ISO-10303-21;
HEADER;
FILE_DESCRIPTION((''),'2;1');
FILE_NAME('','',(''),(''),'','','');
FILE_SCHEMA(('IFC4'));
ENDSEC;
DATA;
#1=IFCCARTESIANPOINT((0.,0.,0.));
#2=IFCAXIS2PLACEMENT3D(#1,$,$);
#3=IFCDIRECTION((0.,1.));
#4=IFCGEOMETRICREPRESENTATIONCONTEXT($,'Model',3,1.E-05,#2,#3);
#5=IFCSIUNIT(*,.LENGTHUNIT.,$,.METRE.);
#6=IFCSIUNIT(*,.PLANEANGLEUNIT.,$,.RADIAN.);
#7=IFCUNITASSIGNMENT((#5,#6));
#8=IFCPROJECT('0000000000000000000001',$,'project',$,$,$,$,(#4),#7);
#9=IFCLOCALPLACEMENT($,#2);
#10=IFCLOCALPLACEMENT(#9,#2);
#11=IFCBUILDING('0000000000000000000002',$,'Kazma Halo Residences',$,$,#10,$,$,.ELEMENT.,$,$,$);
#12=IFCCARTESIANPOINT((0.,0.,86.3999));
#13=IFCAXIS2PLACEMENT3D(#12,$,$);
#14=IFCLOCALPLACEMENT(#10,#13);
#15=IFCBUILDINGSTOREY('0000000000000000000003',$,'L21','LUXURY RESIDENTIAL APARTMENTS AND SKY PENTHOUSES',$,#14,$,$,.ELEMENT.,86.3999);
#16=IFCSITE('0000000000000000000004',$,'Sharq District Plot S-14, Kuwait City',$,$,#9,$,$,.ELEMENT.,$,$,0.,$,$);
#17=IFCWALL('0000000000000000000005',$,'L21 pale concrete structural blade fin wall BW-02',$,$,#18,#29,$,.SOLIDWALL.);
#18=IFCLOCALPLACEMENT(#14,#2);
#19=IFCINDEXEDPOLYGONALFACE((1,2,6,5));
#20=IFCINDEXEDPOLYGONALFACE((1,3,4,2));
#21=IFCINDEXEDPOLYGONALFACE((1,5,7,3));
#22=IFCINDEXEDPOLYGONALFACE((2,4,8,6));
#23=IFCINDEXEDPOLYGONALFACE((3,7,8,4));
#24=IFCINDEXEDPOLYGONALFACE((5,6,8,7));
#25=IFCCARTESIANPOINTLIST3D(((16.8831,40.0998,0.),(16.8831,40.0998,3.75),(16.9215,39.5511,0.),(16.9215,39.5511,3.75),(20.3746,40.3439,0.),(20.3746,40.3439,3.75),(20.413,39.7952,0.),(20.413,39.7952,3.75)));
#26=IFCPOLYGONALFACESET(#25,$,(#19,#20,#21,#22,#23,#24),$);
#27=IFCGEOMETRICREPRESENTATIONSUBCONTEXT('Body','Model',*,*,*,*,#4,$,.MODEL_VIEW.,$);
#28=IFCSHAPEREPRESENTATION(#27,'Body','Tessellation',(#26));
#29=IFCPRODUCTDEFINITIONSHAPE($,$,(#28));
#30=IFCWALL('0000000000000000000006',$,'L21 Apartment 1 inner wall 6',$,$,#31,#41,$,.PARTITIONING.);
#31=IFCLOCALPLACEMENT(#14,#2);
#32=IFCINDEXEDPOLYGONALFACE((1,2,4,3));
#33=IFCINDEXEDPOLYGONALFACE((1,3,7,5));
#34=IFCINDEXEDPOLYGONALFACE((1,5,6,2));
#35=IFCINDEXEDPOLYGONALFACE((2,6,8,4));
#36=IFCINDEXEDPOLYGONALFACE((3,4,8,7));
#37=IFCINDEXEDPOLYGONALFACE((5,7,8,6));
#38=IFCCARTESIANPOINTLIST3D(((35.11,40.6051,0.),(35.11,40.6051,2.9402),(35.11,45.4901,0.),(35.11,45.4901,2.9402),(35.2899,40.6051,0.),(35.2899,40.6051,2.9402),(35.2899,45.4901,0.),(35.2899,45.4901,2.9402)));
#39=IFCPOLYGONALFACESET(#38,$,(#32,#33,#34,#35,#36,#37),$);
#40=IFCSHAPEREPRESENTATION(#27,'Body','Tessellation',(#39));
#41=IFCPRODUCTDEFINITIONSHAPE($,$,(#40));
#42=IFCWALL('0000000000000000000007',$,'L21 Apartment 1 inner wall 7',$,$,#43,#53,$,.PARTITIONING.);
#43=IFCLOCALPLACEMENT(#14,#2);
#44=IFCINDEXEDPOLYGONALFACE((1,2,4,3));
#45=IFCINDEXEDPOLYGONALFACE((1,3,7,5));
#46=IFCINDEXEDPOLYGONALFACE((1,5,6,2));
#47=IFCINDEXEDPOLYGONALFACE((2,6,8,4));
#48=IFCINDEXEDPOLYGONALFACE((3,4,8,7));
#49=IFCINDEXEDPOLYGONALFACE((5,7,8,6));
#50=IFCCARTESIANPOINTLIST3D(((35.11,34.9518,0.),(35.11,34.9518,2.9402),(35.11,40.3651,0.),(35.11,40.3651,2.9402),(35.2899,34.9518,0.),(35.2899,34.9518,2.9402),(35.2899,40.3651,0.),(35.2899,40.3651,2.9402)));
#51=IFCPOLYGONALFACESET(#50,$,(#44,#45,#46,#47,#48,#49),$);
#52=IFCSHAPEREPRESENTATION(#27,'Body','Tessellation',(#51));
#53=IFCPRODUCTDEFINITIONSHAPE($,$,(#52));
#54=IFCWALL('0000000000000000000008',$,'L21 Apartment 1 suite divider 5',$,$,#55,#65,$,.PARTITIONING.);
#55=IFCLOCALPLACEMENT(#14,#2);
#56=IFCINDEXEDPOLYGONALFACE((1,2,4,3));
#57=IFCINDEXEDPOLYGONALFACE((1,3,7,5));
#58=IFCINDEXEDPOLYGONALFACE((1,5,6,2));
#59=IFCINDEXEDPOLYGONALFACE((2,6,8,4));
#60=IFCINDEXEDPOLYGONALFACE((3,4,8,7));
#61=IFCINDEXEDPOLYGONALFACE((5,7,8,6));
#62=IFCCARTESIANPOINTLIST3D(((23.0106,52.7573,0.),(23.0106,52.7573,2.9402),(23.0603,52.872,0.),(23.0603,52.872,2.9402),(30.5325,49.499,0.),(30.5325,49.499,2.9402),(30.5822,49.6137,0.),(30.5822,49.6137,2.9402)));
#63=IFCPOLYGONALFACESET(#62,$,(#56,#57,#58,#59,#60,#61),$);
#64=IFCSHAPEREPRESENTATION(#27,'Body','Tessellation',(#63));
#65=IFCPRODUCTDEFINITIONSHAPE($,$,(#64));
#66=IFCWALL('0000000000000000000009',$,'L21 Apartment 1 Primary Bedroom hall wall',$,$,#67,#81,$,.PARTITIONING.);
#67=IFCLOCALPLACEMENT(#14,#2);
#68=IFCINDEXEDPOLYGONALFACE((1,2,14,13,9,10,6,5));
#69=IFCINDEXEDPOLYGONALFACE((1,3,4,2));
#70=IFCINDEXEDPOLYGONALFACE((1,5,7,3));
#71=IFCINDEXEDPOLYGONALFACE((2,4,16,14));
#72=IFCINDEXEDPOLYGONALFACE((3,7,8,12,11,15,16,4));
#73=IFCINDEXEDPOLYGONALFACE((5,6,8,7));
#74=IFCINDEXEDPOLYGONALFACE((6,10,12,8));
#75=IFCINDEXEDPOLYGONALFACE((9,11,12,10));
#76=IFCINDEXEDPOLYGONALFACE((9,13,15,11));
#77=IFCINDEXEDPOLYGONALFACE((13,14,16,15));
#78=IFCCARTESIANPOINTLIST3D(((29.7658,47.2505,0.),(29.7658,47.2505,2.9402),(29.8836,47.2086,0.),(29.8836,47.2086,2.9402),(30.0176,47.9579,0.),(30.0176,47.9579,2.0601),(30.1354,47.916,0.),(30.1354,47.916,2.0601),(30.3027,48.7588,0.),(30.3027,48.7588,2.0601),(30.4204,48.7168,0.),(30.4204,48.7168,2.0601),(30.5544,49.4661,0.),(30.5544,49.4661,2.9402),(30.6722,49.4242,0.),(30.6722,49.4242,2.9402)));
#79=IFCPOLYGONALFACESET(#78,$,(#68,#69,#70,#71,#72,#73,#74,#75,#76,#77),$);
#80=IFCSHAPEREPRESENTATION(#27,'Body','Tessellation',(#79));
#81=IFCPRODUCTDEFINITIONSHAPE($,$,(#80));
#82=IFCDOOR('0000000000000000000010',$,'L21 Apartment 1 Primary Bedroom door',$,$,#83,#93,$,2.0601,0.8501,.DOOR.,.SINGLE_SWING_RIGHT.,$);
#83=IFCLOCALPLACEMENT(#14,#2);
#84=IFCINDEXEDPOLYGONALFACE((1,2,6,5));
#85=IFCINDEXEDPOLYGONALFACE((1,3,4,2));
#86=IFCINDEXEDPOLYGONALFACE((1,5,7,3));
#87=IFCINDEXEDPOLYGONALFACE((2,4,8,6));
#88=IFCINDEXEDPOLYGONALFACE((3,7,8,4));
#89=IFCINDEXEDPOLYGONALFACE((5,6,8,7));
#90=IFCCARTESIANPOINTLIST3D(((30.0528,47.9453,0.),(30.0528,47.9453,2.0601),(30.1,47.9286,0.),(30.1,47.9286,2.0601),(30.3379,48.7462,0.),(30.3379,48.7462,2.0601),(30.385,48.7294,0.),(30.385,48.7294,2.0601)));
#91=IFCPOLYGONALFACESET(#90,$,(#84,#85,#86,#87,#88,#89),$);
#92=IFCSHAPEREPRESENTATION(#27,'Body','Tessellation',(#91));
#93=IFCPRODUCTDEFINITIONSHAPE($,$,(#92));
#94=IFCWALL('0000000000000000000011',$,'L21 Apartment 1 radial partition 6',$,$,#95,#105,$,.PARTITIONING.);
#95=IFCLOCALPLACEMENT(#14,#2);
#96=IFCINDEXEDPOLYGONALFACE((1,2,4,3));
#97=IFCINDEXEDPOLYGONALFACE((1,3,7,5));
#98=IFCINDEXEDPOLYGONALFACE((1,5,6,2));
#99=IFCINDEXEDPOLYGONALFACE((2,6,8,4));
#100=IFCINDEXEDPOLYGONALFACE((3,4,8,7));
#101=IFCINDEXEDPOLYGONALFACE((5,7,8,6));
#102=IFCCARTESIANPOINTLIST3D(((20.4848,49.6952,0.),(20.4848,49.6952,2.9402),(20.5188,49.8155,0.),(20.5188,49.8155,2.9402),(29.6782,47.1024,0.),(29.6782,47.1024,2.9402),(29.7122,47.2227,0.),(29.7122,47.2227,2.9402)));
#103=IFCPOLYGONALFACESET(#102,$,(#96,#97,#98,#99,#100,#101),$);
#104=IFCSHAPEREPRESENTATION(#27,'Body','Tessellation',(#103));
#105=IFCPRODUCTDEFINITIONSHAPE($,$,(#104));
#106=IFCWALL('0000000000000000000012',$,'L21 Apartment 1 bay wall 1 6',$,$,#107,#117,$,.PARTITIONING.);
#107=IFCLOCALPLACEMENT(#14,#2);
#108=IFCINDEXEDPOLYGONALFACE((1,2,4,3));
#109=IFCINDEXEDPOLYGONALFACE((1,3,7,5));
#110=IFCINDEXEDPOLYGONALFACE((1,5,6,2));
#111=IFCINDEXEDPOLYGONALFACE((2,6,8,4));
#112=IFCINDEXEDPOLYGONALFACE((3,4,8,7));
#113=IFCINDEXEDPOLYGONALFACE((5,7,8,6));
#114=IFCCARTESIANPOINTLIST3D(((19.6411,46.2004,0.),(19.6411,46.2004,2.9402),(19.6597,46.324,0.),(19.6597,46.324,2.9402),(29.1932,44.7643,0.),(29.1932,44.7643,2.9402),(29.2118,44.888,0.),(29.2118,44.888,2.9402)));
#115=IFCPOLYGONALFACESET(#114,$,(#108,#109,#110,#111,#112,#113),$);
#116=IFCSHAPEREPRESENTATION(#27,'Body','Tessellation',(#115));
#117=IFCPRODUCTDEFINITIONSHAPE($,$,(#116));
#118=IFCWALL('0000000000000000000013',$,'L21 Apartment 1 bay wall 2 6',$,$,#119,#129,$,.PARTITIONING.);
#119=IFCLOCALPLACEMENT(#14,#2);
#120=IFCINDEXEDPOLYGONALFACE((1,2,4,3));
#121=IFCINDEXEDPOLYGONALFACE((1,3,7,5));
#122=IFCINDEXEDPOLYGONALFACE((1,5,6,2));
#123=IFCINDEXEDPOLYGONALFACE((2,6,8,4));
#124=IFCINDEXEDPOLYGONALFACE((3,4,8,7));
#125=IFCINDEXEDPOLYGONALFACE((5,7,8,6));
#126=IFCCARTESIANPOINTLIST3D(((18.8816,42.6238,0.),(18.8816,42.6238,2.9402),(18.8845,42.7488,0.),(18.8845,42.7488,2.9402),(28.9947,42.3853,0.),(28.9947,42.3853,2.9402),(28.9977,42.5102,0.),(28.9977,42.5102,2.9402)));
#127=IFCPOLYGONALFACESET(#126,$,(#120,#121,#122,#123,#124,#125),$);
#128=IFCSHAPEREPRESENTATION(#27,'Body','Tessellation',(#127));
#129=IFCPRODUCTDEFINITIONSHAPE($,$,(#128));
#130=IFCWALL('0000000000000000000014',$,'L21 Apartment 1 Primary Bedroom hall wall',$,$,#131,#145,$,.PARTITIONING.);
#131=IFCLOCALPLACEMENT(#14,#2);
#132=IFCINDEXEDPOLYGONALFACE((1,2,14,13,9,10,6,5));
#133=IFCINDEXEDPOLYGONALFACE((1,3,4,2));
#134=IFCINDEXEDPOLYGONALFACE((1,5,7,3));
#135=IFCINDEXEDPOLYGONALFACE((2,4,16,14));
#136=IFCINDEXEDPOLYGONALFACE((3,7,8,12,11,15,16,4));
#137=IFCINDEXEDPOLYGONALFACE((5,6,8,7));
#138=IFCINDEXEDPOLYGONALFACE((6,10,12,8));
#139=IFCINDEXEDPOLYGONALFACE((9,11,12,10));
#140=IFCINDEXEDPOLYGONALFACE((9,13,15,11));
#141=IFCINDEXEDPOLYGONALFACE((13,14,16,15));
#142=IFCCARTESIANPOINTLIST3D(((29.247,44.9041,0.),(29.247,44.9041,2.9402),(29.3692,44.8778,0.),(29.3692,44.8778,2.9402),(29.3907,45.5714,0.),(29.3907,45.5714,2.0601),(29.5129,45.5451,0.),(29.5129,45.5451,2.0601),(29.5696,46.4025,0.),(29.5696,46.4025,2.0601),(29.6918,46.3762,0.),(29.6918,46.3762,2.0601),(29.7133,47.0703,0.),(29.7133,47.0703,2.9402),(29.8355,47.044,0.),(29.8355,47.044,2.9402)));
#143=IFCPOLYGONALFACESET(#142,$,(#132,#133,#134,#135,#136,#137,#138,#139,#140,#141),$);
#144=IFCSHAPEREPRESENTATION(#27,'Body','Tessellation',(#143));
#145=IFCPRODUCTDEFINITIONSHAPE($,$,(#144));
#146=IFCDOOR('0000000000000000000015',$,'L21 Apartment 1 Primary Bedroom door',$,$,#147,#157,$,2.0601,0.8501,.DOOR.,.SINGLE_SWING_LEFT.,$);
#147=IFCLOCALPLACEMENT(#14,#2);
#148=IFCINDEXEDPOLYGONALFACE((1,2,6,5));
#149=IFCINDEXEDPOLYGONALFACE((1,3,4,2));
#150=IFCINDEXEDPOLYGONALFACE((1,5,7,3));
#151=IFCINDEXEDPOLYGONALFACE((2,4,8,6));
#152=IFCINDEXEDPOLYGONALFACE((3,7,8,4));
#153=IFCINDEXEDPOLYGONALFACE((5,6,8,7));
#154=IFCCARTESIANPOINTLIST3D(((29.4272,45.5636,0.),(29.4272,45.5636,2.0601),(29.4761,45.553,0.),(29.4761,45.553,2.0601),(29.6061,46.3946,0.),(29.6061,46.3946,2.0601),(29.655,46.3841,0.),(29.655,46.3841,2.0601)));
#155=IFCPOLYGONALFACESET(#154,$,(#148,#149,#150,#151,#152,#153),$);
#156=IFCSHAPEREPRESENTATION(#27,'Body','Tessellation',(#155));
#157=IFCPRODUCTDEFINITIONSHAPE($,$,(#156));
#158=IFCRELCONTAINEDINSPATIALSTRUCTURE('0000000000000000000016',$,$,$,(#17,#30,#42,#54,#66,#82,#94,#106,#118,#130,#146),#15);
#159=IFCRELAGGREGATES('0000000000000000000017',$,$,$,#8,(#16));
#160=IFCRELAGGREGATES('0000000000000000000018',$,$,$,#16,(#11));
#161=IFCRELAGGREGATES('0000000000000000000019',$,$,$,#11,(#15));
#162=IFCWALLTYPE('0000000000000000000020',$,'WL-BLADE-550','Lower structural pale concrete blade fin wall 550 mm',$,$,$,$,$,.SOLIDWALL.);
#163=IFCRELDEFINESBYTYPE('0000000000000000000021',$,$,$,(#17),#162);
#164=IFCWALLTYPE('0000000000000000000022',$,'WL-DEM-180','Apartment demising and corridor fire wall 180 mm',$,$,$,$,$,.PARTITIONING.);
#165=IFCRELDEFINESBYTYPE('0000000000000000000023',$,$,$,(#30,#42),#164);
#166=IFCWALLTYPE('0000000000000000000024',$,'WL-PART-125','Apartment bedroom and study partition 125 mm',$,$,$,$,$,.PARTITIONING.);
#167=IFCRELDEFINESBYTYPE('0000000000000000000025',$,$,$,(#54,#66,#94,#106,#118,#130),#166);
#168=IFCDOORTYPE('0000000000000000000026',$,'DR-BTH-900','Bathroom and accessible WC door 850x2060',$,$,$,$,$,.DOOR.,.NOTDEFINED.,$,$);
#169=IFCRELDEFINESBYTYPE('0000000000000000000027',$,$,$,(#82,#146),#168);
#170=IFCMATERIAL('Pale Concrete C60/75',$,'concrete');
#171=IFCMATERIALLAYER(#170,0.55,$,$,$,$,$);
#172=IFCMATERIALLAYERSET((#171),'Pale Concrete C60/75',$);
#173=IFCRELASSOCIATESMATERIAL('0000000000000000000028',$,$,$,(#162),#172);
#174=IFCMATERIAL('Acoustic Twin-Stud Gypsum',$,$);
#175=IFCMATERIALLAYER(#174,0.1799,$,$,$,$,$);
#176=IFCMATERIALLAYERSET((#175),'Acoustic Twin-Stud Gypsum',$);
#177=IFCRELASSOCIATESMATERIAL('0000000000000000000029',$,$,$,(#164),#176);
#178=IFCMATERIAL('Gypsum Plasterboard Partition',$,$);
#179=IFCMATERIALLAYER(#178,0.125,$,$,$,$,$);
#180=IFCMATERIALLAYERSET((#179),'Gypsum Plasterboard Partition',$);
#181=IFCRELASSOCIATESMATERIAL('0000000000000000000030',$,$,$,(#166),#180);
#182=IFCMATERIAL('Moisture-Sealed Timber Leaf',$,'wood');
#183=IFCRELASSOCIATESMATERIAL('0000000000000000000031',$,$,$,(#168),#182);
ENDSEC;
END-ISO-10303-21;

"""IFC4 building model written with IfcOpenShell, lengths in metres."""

from ifc_helpers import new_model, si_unit, direction, frame, frame_2d, origin, place, context, subcontext, project, spatial, rectangle, extrude, material, layer, layer_set, type_object, element, fill, save


model = new_model("IFC4")

# Units and contexts
model_context = context("Model", 3, precision=1e-05, world=origin(), true_north=direction((0.0, 1.0)))
body_context = subcontext(model_context, "Body", "Model", "MODEL_VIEW")
ifc_project = project(units=[si_unit("LENGTHUNIT", "METRE"), si_unit("PLANEANGLEUNIT", "RADIAN")], contexts=[model_context])

# Site, building, storey
site_placement = place(None, origin())
site = spatial("IfcSite", under=ifc_project, at=site_placement, Name="Sharq District Plot S-14, Kuwait City", CompositionType="ELEMENT", RefElevation=0.0)
building_placement = place(site_placement, origin())
building = spatial("IfcBuilding", under=site, at=building_placement, Name="Kazma Halo Residences", CompositionType="ELEMENT")
storey_placement = place(building_placement, frame((0.0, 0.0, 86.3999)))
storey = spatial("IfcBuildingStorey", under=building, at=storey_placement, Name="L21", Description="LUXURY RESIDENTIAL APARTMENTS AND SKY PENTHOUSES", CompositionType="ELEMENT", Elevation=86.3999)

# Walls
ifc_material_1 = material(Name="Pale Concrete C60/75", Category="concrete")
ifc_layer_1 = layer(ifc_material_1, 0.55)
ifc_layer_set_1 = layer_set([ifc_layer_1], Name="Pale Concrete C60/75")
wall_type_1 = type_object("IfcWallType", Name="WL-BLADE-550", Description="Lower structural pale concrete blade fin wall 550 mm", PredefinedType="SOLIDWALL", material=ifc_layer_set_1)
wall_1_placement = place(storey_placement, frame((20.3938, 40.0696, 0.0), z_axis=(0.0, 0.0, 1.0), x_axis=(-0.997564, -0.069755, 0.0)))
element("IfcWall", 1, at=wall_1_placement, inside=storey, type_object=wall_type_1, Name="L21 pale concrete structural blade fin wall BW-02", PredefinedType="SOLIDWALL", context=body_context, shape_type="SweptSolid", body=[
    extrude(rectangle(XDim=3.5, YDim=0.55, at=frame_2d((1.75, 0.0))), origin(), (0.0, 0.0, 1.0), 3.75),
])
ifc_material_2 = material(Name="Acoustic Twin-Stud Gypsum")
ifc_layer_2 = layer(ifc_material_2, 0.1799)
ifc_layer_set_2 = layer_set([ifc_layer_2], Name="Acoustic Twin-Stud Gypsum")
wall_type_2 = type_object("IfcWallType", Name="WL-DEM-180", Description="Apartment demising and corridor fire wall 180 mm", PredefinedType="PARTITIONING", material=ifc_layer_set_2)
wall_2_placement = place(storey_placement, frame((35.2, 45.49, 0.0), z_axis=(0.0, 0.0, 1.0), x_axis=(0.0, -1.0, 0.0)))
element("IfcWall", 2, at=wall_2_placement, inside=storey, type_object=wall_type_2, Name="L21 Apartment 1 inner wall 6", PredefinedType="PARTITIONING", context=body_context, shape_type="SweptSolid", body=[
    extrude(rectangle(XDim=4.885, YDim=0.1799, at=frame_2d((2.4424, 0.0))), origin(), (0.0, 0.0, 1.0), 2.9402),
])
wall_3_placement = place(storey_placement, frame((35.2, 40.365, 0.0), z_axis=(0.0, 0.0, 1.0), x_axis=(0.0, -1.0, 0.0)))
element("IfcWall", 3, at=wall_3_placement, inside=storey, type_object=wall_type_2, Name="L21 Apartment 1 inner wall 7", PredefinedType="PARTITIONING", context=body_context, shape_type="SweptSolid", body=[
    extrude(rectangle(XDim=5.4133, YDim=0.1799, at=frame_2d((2.7065, 0.0))), origin(), (0.0, 0.0, 1.0), 2.9402),
])
ifc_material_3 = material(Name="Gypsum Plasterboard Partition")
ifc_layer_3 = layer(ifc_material_3, 0.125)
ifc_layer_set_3 = layer_set([ifc_layer_3], Name="Gypsum Plasterboard Partition")
wall_type_3 = type_object("IfcWallType", Name="WL-PART-125", Description="Apartment bedroom and study partition 125 mm", PredefinedType="PARTITIONING", material=ifc_layer_set_3)
wall_4_placement = place(storey_placement, frame((30.5574, 49.5564, 0.0), z_axis=(0.0, 0.0, 1.0), x_axis=(-0.91761, 0.397482, 0.0)))
element("IfcWall", 4, at=wall_4_placement, inside=storey, type_object=wall_type_3, Name="L21 Apartment 1 suite divider 5", PredefinedType="PARTITIONING", context=body_context, shape_type="SweptSolid", body=[
    extrude(rectangle(XDim=8.1973, YDim=0.125, at=frame_2d((4.0986, 0.0))), origin(), (0.0, 0.0, 1.0), 2.9402),
])

# Wall, opening, door
wall_5_placement = place(storey_placement, frame((30.6133, 49.4451, 0.0), z_axis=(0.0, 0.0, 1.0), x_axis=(-0.335317, -0.942105, 0.0)))
wall_5 = element("IfcWall", 5, at=wall_5_placement, inside=storey, type_object=wall_type_3, Name="L21 Apartment 1 Primary Bedroom hall wall", PredefinedType="PARTITIONING", context=body_context, shape_type="SweptSolid", body=[
    extrude(rectangle(XDim=2.3518, YDim=0.125, at=frame_2d((1.1758, 0.0))), origin(), (0.0, 0.0, 1.0), 2.9402),
])
opening_1_placement = place(wall_5_placement, frame((0.7507, 0.0, 0.0)))
opening_1 = element("IfcOpeningElement", 6, at=opening_1_placement, cuts=wall_5, PredefinedType="OPENING", context=body_context, shape_type="SweptSolid", body=[
    extrude(rectangle(XDim=0.8501, YDim=2.0601, at=frame_2d((0.425, 1.03))), frame((0.0, 0.0725, 0.0), z_axis=(0.0, -1.0, 0.0), x_axis=(1.0, 0.0, 0.0)), (0.0, 0.0, 1.0), 0.145),
])
ifc_material_4 = material(Name="Moisture-Sealed Timber Leaf", Category="wood")
door_type = type_object("IfcDoorType", Name="DR-BTH-900", Description="Bathroom and accessible WC door 850x2060", OperationType="NOTDEFINED", PredefinedType="DOOR", material=ifc_material_4)
door_1_placement = place(opening_1_placement, origin())
door_1 = element("IfcDoor", 7, at=door_1_placement, inside=storey, type_object=door_type, Name="L21 Apartment 1 Primary Bedroom door", OperationType="SINGLE_SWING_RIGHT", OverallHeight=2.0601, OverallWidth=0.8501, PredefinedType="DOOR", context=body_context, shape_type="SweptSolid", body=[
    extrude(rectangle(XDim=0.8501, YDim=2.0601, at=frame_2d((0.425, 1.03))), frame((0.0, 0.0249, 0.0), z_axis=(0.0, -1.0, 0.0), x_axis=(1.0, 0.0, 0.0)), (0.0, 0.0, 1.0), 0.05),
])
fill(opening_1, door_1)

# Walls
wall_6_placement = place(storey_placement, frame((29.6951, 47.1626, 0.0), z_axis=(0.0, 0.0, 1.0), x_axis=(-0.962456, 0.271438, 0.0)))
element("IfcWall", 8, at=wall_6_placement, inside=storey, type_object=wall_type_3, Name="L21 Apartment 1 radial partition 6", PredefinedType="PARTITIONING", context=body_context, shape_type="SweptSolid", body=[
    extrude(rectangle(XDim=9.552, YDim=0.125, at=frame_2d((4.7759, 0.0))), origin(), (0.0, 0.0, 1.0), 2.9402),
])
wall_7_placement = place(storey_placement, frame((29.2024, 44.8262, 0.0), z_axis=(0.0, 0.0, 1.0), x_axis=(-0.988887, 0.148668, 0.0)))
element("IfcWall", 9, at=wall_7_placement, inside=storey, type_object=wall_type_3, Name="L21 Apartment 1 bay wall 1 6", PredefinedType="PARTITIONING", context=body_context, shape_type="SweptSolid", body=[
    extrude(rectangle(XDim=9.6594, YDim=0.125, at=frame_2d((4.8296, 0.0))), origin(), (0.0, 0.0, 1.0), 2.9402),
])
wall_8_placement = place(storey_placement, frame((28.9963, 42.4478, 0.0), z_axis=(0.0, 0.0, 1.0), x_axis=(-0.999722, 0.023579, 0.0)))
element("IfcWall", 10, at=wall_8_placement, inside=storey, type_object=wall_type_3, Name="L21 Apartment 1 bay wall 2 6", PredefinedType="PARTITIONING", context=body_context, shape_type="SweptSolid", body=[
    extrude(rectangle(XDim=10.116, YDim=0.125, at=frame_2d((5.0581, 0.0))), origin(), (0.0, 0.0, 1.0), 2.9402),
])

# Wall, opening, door
wall_9_placement = place(storey_placement, frame((29.7744, 47.0571, 0.0), z_axis=(0.0, 0.0, 1.0), x_axis=(-0.210439, -0.977607, 0.0)))
wall_9 = element("IfcWall", 11, at=wall_9_placement, inside=storey, type_object=wall_type_3, Name="L21 Apartment 1 Primary Bedroom hall wall", PredefinedType="PARTITIONING", context=body_context, shape_type="SweptSolid", body=[
    extrude(rectangle(XDim=2.2158, YDim=0.125, at=frame_2d((1.1079, 0.0))), origin(), (0.0, 0.0, 1.0), 2.9402),
])
opening_2_placement = place(wall_9_placement, frame((0.6831, 0.0, 0.0)))
opening_2 = element("IfcOpeningElement", 12, at=opening_2_placement, cuts=wall_9, PredefinedType="OPENING", context=body_context, shape_type="SweptSolid", body=[
    extrude(rectangle(XDim=0.8501, YDim=2.0601, at=frame_2d((0.425, 1.03))), frame((0.0, 0.0725, 0.0), z_axis=(0.0, -1.0, 0.0), x_axis=(1.0, 0.0, 0.0)), (0.0, 0.0, 1.0), 0.145),
])
door_2_placement = place(opening_2_placement, origin())
door_2 = element("IfcDoor", 13, at=door_2_placement, inside=storey, type_object=door_type, Name="L21 Apartment 1 Primary Bedroom door", OperationType="SINGLE_SWING_LEFT", OverallHeight=2.0601, OverallWidth=0.8501, PredefinedType="DOOR", context=body_context, shape_type="SweptSolid", body=[
    extrude(rectangle(XDim=0.8501, YDim=2.0601, at=frame_2d((0.425, 1.03))), frame((0.0, 0.0249, 0.0), z_axis=(0.0, -1.0, 0.0), x_axis=(1.0, 0.0, 0.0)), (0.0, 0.0, 1.0), 0.05),
])
fill(opening_2, door_2)

save(model, "model.ifc")
